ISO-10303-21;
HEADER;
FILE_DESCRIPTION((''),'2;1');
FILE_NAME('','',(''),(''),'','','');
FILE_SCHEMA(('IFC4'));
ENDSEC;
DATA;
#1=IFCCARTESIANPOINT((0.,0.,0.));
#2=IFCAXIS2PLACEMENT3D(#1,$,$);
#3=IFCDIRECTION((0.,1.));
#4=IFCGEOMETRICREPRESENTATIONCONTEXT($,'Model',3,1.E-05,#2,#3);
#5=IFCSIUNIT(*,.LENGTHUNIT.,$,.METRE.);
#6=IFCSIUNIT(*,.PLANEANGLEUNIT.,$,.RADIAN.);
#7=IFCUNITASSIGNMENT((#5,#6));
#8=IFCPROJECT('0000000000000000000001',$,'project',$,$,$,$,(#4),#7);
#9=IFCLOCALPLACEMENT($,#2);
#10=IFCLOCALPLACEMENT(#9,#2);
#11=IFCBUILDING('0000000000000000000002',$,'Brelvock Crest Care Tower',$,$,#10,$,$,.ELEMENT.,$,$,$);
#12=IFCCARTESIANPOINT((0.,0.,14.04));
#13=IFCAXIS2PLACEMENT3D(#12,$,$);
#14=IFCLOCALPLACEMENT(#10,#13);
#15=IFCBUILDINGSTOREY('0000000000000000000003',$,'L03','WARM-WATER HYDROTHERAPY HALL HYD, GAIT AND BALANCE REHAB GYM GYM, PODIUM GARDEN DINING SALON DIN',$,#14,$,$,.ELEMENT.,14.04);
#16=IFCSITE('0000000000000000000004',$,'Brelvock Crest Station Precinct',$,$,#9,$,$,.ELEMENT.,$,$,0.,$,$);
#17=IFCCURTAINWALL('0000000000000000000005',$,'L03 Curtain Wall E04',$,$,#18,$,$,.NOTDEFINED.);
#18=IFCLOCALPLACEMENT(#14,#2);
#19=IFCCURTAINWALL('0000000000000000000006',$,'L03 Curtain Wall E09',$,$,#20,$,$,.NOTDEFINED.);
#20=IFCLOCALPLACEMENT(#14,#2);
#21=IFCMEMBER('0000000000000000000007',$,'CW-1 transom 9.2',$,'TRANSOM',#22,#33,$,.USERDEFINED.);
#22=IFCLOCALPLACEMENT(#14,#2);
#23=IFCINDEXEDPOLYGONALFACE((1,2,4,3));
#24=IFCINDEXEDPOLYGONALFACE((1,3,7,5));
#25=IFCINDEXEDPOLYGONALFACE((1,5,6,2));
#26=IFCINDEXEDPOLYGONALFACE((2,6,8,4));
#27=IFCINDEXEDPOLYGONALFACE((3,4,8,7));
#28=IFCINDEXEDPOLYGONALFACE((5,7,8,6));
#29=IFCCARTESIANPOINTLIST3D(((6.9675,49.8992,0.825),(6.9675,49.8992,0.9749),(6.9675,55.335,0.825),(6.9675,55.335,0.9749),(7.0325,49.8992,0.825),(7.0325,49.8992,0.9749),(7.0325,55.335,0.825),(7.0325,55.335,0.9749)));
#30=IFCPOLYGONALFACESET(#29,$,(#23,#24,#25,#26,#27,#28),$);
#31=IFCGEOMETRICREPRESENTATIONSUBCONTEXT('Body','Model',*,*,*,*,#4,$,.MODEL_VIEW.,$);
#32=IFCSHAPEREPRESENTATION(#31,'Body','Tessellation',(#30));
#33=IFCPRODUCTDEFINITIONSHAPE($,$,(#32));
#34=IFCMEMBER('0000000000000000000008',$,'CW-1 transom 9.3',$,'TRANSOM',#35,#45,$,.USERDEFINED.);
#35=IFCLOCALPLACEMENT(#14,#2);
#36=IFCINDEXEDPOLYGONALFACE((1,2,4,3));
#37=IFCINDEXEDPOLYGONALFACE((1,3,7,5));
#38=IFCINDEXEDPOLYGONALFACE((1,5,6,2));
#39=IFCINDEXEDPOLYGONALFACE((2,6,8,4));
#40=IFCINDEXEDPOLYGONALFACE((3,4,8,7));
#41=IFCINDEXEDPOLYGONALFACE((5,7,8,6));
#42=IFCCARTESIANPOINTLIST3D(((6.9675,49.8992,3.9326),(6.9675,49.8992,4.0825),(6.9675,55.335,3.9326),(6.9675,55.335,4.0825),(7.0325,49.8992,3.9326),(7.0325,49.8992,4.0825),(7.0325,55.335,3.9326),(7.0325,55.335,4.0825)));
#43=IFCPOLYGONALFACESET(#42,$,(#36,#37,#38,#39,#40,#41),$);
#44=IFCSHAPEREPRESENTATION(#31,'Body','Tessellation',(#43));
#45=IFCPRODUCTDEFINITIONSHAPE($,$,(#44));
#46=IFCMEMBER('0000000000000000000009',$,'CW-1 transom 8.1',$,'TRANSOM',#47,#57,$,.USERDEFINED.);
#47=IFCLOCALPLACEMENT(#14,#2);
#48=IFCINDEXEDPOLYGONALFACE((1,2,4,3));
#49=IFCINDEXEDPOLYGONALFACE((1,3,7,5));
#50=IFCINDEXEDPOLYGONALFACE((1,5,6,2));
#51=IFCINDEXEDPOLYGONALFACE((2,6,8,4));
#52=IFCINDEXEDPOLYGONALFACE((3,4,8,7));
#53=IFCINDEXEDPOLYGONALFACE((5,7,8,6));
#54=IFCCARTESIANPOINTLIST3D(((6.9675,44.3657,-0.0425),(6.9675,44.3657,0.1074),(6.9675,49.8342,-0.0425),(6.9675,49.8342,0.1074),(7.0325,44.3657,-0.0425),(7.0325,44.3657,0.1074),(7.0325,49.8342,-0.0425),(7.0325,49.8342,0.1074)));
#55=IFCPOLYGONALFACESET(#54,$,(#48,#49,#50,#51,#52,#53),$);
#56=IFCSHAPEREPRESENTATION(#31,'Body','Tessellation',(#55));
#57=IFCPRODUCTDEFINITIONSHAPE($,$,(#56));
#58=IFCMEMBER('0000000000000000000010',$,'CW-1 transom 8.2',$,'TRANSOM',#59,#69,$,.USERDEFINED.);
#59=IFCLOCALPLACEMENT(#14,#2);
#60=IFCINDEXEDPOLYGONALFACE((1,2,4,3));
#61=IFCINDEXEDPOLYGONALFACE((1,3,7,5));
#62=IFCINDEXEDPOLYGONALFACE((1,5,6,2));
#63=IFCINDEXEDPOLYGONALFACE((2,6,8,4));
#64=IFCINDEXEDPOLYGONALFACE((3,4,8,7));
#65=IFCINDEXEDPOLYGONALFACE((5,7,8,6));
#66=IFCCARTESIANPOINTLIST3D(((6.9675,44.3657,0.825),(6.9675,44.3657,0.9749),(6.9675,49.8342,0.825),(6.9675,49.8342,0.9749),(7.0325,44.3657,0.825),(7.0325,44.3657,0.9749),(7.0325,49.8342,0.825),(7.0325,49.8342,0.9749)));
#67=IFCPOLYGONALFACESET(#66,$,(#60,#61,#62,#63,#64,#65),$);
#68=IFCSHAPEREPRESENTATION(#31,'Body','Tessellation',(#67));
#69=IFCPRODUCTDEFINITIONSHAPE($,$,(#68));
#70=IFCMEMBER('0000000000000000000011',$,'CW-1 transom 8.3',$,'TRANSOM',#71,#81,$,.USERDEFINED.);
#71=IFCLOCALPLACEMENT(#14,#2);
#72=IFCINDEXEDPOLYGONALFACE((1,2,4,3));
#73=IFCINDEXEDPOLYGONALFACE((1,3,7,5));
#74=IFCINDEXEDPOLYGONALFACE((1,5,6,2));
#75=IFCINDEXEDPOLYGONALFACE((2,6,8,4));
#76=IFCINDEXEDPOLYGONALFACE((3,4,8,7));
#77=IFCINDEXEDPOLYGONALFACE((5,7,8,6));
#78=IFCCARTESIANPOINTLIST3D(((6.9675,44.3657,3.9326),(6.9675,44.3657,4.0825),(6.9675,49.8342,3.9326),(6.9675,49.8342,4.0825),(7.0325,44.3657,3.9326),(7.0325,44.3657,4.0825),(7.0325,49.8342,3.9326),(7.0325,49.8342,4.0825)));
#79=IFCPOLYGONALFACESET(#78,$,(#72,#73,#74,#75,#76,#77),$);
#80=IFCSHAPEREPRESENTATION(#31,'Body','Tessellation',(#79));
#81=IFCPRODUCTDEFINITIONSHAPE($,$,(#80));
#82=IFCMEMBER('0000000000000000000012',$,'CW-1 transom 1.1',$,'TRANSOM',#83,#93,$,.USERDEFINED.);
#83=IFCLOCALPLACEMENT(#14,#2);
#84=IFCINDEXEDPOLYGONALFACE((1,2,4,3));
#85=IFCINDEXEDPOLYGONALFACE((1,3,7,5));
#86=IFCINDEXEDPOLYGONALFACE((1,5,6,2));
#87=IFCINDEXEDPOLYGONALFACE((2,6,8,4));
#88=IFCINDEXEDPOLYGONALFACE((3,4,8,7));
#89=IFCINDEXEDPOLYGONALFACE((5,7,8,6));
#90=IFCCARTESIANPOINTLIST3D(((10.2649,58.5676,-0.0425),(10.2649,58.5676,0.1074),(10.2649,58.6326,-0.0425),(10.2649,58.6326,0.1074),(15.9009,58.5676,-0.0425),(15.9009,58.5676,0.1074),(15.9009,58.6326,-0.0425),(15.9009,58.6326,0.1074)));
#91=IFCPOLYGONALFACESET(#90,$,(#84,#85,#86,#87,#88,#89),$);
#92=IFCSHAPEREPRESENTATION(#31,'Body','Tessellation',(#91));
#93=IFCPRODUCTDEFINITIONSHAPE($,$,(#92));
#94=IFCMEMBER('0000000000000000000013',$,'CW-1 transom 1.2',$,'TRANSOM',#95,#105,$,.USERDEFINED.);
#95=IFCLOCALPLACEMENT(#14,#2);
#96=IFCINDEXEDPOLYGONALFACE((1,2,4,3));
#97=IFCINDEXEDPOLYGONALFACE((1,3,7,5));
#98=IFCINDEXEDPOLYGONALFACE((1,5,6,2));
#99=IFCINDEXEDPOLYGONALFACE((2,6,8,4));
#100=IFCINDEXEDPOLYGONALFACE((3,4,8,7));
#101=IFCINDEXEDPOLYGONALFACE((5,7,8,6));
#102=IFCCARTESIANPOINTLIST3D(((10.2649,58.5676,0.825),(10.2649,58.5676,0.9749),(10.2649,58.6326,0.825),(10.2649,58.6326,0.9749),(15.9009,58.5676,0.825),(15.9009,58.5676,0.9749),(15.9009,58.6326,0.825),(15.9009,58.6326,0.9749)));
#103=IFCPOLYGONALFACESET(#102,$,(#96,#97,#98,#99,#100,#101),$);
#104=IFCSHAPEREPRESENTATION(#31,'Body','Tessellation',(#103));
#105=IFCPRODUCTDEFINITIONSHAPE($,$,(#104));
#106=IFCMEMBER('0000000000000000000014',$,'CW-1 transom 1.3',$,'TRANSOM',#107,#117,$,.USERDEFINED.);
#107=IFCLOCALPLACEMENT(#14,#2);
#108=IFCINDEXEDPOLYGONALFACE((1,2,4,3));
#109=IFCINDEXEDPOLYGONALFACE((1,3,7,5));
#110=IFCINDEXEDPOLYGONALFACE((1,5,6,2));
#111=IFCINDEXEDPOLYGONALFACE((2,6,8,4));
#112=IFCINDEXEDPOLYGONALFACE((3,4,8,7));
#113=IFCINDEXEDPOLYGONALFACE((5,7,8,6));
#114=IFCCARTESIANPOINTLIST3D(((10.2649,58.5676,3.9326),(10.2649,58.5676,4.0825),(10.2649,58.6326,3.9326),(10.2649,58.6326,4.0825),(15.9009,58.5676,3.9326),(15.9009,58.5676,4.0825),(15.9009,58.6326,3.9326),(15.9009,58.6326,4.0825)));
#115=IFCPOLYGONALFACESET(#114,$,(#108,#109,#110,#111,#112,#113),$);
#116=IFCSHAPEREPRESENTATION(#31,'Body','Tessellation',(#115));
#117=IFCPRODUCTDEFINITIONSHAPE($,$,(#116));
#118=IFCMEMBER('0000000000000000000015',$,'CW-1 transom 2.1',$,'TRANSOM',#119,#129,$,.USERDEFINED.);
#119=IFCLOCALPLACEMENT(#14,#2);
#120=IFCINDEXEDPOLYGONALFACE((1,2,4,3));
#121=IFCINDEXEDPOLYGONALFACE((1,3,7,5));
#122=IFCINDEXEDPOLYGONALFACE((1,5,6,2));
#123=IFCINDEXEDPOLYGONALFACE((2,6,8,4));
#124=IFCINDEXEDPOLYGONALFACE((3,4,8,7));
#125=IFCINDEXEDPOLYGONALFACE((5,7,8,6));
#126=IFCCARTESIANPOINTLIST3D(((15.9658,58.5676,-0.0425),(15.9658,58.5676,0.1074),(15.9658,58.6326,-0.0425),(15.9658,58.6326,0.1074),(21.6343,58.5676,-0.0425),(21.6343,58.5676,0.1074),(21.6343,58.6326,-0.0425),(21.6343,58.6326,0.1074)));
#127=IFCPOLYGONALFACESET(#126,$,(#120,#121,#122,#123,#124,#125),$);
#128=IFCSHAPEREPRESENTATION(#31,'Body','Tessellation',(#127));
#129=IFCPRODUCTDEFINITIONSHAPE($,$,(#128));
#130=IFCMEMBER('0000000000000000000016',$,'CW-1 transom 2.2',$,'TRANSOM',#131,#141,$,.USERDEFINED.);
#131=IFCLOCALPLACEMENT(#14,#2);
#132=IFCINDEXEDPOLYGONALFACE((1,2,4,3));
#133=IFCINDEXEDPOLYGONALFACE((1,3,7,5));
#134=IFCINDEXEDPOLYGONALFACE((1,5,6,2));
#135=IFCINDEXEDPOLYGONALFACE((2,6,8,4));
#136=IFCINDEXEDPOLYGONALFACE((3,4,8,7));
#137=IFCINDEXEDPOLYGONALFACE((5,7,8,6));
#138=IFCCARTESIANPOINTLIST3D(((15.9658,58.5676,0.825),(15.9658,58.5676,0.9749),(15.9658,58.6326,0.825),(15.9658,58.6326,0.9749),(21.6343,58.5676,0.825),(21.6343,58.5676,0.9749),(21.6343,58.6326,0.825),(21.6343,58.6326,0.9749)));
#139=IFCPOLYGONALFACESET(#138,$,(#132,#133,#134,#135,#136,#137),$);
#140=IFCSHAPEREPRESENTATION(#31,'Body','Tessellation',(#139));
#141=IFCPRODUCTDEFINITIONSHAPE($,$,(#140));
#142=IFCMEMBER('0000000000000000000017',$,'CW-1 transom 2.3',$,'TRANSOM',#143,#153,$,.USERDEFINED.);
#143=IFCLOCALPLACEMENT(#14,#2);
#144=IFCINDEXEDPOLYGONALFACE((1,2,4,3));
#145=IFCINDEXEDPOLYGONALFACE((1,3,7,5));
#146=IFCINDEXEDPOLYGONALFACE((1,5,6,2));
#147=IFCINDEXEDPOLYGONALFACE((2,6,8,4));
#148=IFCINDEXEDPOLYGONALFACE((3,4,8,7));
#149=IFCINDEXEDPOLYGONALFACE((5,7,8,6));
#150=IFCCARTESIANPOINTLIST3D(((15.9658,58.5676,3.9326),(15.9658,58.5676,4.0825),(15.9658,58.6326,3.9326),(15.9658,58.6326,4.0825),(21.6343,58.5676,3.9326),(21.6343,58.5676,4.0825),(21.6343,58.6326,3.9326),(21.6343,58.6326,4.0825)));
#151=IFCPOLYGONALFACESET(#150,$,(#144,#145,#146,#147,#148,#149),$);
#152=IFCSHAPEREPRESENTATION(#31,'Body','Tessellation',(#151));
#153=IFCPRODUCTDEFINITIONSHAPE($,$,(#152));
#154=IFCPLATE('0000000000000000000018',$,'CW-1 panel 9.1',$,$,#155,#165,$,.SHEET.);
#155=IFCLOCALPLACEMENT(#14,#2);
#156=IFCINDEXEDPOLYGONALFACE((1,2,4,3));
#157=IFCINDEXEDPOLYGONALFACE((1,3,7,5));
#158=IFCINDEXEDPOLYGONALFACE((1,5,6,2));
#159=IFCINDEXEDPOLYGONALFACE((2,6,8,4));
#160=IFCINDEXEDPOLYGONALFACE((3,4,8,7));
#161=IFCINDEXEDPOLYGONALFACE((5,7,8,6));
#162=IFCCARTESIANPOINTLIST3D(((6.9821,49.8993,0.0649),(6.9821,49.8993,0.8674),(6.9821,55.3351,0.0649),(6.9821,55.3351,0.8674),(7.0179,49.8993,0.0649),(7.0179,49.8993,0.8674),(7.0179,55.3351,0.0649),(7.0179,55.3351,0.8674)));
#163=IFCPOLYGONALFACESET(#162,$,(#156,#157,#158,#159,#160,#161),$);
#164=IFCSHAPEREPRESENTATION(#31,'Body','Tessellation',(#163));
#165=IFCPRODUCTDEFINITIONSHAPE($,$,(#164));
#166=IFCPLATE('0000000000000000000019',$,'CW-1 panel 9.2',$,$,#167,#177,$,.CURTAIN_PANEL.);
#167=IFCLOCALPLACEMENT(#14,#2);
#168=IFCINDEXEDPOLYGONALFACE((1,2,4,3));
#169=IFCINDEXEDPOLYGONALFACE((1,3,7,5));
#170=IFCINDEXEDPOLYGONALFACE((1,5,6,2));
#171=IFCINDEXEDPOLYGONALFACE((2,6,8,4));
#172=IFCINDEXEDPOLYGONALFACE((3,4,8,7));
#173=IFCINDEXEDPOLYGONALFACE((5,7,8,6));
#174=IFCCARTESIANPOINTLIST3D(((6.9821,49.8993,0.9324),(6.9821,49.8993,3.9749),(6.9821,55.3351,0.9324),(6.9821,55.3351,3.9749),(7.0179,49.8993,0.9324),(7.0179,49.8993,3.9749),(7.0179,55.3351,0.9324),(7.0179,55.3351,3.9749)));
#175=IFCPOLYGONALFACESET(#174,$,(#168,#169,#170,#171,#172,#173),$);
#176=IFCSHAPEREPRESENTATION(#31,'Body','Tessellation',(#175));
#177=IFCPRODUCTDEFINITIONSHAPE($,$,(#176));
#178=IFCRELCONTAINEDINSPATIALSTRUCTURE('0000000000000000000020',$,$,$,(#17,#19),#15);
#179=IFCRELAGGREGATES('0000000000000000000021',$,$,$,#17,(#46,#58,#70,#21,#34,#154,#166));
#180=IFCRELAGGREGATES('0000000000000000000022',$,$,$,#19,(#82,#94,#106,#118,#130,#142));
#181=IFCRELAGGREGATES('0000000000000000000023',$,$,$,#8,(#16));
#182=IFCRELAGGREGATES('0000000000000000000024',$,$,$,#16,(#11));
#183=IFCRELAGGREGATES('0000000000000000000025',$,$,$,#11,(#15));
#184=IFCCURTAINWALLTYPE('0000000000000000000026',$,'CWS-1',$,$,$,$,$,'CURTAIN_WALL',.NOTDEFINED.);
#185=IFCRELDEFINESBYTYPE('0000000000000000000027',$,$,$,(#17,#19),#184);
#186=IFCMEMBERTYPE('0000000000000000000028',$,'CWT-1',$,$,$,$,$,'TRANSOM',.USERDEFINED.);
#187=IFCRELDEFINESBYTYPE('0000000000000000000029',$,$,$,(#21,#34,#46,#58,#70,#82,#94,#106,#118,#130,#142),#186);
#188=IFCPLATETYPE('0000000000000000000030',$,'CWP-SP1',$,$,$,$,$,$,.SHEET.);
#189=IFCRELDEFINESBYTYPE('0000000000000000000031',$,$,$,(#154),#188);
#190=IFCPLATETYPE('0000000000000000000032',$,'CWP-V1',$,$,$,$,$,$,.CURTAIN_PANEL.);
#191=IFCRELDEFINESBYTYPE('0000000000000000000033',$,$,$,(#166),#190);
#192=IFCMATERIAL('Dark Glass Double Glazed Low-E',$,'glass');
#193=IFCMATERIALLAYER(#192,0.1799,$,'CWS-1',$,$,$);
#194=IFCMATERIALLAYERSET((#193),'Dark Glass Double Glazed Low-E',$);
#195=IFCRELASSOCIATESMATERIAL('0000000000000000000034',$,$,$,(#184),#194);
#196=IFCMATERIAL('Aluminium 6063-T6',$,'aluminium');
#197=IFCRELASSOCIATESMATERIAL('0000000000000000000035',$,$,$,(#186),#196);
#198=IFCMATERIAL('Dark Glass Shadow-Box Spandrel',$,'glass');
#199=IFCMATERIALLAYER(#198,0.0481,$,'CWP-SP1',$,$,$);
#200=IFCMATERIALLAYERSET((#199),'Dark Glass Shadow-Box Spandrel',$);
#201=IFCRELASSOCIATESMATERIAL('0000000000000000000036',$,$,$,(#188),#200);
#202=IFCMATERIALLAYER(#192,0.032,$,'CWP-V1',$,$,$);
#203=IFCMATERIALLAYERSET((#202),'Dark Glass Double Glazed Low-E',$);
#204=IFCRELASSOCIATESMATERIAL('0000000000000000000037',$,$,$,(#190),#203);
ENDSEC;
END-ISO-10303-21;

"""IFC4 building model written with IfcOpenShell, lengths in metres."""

from ifc_helpers import new_model, si_unit, direction, frame, origin, origin_2d, place, context, subcontext, project, spatial, rectangle, extrude, source, transform, mapped, material, layer, layer_set, material_profile, profile_set, type_object, element, aggregate, save


model = new_model("IFC4")

# Units and contexts
model_context = context("Model", 3, precision=1e-05, world=origin(), true_north=direction((0.0, 1.0)))
body_context = subcontext(model_context, "Body", "Model", "MODEL_VIEW")
ifc_project = project(units=[si_unit("LENGTHUNIT", "METRE"), si_unit("PLANEANGLEUNIT", "RADIAN")], contexts=[model_context])

# Site, building, storey
site_placement = place(None, origin())
site = spatial("IfcSite", under=ifc_project, at=site_placement, Name="Brelvock Crest Station Precinct", CompositionType="ELEMENT", RefElevation=0.0)
building_placement = place(site_placement, origin())
building = spatial("IfcBuilding", under=site, at=building_placement, Name="Brelvock Crest Care Tower", CompositionType="ELEMENT")
storey_placement = place(building_placement, frame((0.0, 0.0, 14.04)))
storey = spatial("IfcBuildingStorey", under=building, at=storey_placement, Name="L03", Description="WARM-WATER HYDROTHERAPY HALL HYD, GAIT AND BALANCE REHAB GYM GYM, PODIUM GARDEN DINING SALON DIN", CompositionType="ELEMENT", Elevation=14.04)

# Curtain walls
ifc_material_1 = material(Name="Dark Glass Double Glazed Low-E", Category="glass")
ifc_layer_1 = layer(ifc_material_1, 0.1799, Name="CWS-1")
ifc_layer_set_1 = layer_set([ifc_layer_1], Name="Dark Glass Double Glazed Low-E")
curtain_wall_type = type_object("IfcCurtainWallType", Name="CWS-1", ElementType="CURTAIN_WALL", PredefinedType="NOTDEFINED", material=ifc_layer_set_1)
curtain_wall_1_placement = place(storey_placement, origin())
curtain_wall_1 = element("IfcCurtainWall", 1, at=curtain_wall_1_placement, inside=storey, type_object=curtain_wall_type, Name="L03 Curtain Wall E04", PredefinedType="NOTDEFINED")
ifc_material_2 = material(Name="Aluminium 6063-T6", Category="aluminium")
curtain_wall_2_placement = place(storey_placement, origin())
curtain_wall_2 = element("IfcCurtainWall", 2, at=curtain_wall_2_placement, inside=storey, type_object=curtain_wall_type, Name="L03 Curtain Wall E09", PredefinedType="NOTDEFINED")

# Members
ifc_material_profile_1 = material_profile(ifc_material_2, rectangle(XDim=0.0649, YDim=0.1499, at=origin_2d()), Name="ALU65x150")
ifc_profile_set_1 = profile_set([ifc_material_profile_1], Name="Aluminium 6063-T6")
member_type_1 = type_object("IfcMemberType", Name="CWT-1", ElementType="TRANSOM", PredefinedType="USERDEFINED", material=ifc_profile_set_1)
shared_shape_1 = source(origin(), body_context, "Body", "SweptSolid", [
    extrude(rectangle(XDim=0.0649, YDim=0.1499, at=origin_2d()), origin(), (0.0, 0.0, 1.0), 5.4358),
])
member_1_placement = place(storey_placement, frame((7.0, 49.8992, 0.8999), z_axis=(0.0, 1.0, 0.0), x_axis=(-1.0, 0.0, 0.0)))
member_1 = element("IfcMember", 3, at=member_1_placement, type_object=member_type_1, Name="CW-1 transom 9.2", ObjectType="TRANSOM", PredefinedType="USERDEFINED", context=body_context, shape_type="MappedRepresentation", body=[
    mapped(shared_shape_1, transform((0.0, 0.0, 0.0), x_axis=(1.0, 0.0, 0.0), y_axis=(0.0, 1.0, 0.0), z_axis=(0.0, 0.0, 1.0), scale=1.0)),
])
member_2_placement = place(storey_placement, frame((7.0, 49.8992, 4.0076), z_axis=(0.0, 1.0, 0.0), x_axis=(-1.0, 0.0, 0.0)))
member_2 = element("IfcMember", 4, at=member_2_placement, type_object=member_type_1, Name="CW-1 transom 9.3", ObjectType="TRANSOM", PredefinedType="USERDEFINED", context=body_context, shape_type="MappedRepresentation", body=[
    mapped(shared_shape_1, transform((0.0, 0.0, 0.0), x_axis=(1.0, 0.0, 0.0), y_axis=(0.0, 1.0, 0.0), z_axis=(0.0, 0.0, 1.0), scale=1.0)),
])
shared_shape_2 = source(origin(), body_context, "Body", "SweptSolid", [
    extrude(rectangle(XDim=0.0649, YDim=0.1499, at=origin_2d()), origin(), (0.0, 0.0, 1.0), 5.4685),
])
member_3_placement = place(storey_placement, frame((7.0, 44.3657, 0.0325), z_axis=(0.0, 1.0, 0.0), x_axis=(-1.0, 0.0, 0.0)))
member_3 = element("IfcMember", 5, at=member_3_placement, type_object=member_type_1, Name="CW-1 transom 8.1", ObjectType="TRANSOM", PredefinedType="USERDEFINED", context=body_context, shape_type="MappedRepresentation", body=[
    mapped(shared_shape_2, transform((0.0, 0.0, 0.0), x_axis=(1.0, 0.0, 0.0), y_axis=(0.0, 1.0, 0.0), z_axis=(0.0, 0.0, 1.0), scale=1.0)),
])
member_4_placement = place(storey_placement, frame((7.0, 44.3657, 0.8999), z_axis=(0.0, 1.0, 0.0), x_axis=(-1.0, 0.0, 0.0)))
member_4 = element("IfcMember", 6, at=member_4_placement, type_object=member_type_1, Name="CW-1 transom 8.2", ObjectType="TRANSOM", PredefinedType="USERDEFINED", context=body_context, shape_type="MappedRepresentation", body=[
    mapped(shared_shape_2, transform((0.0, 0.0, 0.0), x_axis=(1.0, 0.0, 0.0), y_axis=(0.0, 1.0, 0.0), z_axis=(0.0, 0.0, 1.0), scale=1.0)),
])
member_5_placement = place(storey_placement, frame((7.0, 44.3657, 4.0076), z_axis=(0.0, 1.0, 0.0), x_axis=(-1.0, 0.0, 0.0)))
member_5 = element("IfcMember", 7, at=member_5_placement, type_object=member_type_1, Name="CW-1 transom 8.3", ObjectType="TRANSOM", PredefinedType="USERDEFINED", context=body_context, shape_type="MappedRepresentation", body=[
    mapped(shared_shape_2, transform((0.0, 0.0, 0.0), x_axis=(1.0, 0.0, 0.0), y_axis=(0.0, 1.0, 0.0), z_axis=(0.0, 0.0, 1.0), scale=1.0)),
])
shared_shape_3 = source(origin(), body_context, "Body", "SweptSolid", [
    extrude(rectangle(XDim=0.0649, YDim=0.1499, at=origin_2d()), origin(), (0.0, 0.0, 1.0), 5.636),
])
member_6_placement = place(storey_placement, frame((10.2649, 58.6001, 0.0325), z_axis=(1.0, 0.0, 0.0), x_axis=(0.0, 1.0, 0.0)))
member_6 = element("IfcMember", 8, at=member_6_placement, type_object=member_type_1, Name="CW-1 transom 1.1", ObjectType="TRANSOM", PredefinedType="USERDEFINED", context=body_context, shape_type="MappedRepresentation", body=[
    mapped(shared_shape_3, transform((0.0, 0.0, 0.0), x_axis=(1.0, 0.0, 0.0), y_axis=(0.0, 1.0, 0.0), z_axis=(0.0, 0.0, 1.0), scale=1.0)),
])
member_7_placement = place(storey_placement, frame((10.2649, 58.6001, 0.8999), z_axis=(1.0, 0.0, 0.0), x_axis=(0.0, 1.0, 0.0)))
member_7 = element("IfcMember", 9, at=member_7_placement, type_object=member_type_1, Name="CW-1 transom 1.2", ObjectType="TRANSOM", PredefinedType="USERDEFINED", context=body_context, shape_type="MappedRepresentation", body=[
    mapped(shared_shape_3, transform((0.0, 0.0, 0.0), x_axis=(1.0, 0.0, 0.0), y_axis=(0.0, 1.0, 0.0), z_axis=(0.0, 0.0, 1.0), scale=1.0)),
])
member_8_placement = place(storey_placement, frame((10.2649, 58.6001, 4.0076), z_axis=(1.0, 0.0, 0.0), x_axis=(0.0, 1.0, 0.0)))
member_8 = element("IfcMember", 10, at=member_8_placement, type_object=member_type_1, Name="CW-1 transom 1.3", ObjectType="TRANSOM", PredefinedType="USERDEFINED", context=body_context, shape_type="MappedRepresentation", body=[
    mapped(shared_shape_3, transform((0.0, 0.0, 0.0), x_axis=(1.0, 0.0, 0.0), y_axis=(0.0, 1.0, 0.0), z_axis=(0.0, 0.0, 1.0), scale=1.0)),
])
shared_shape_4 = source(origin(), body_context, "Body", "SweptSolid", [
    extrude(rectangle(XDim=0.0649, YDim=0.1499, at=origin_2d()), origin(), (0.0, 0.0, 1.0), 5.6685),
])
member_9_placement = place(storey_placement, frame((15.9658, 58.6001, 0.0325), z_axis=(1.0, 0.0, 0.0), x_axis=(0.0, 1.0, 0.0)))
member_9 = element("IfcMember", 11, at=member_9_placement, type_object=member_type_1, Name="CW-1 transom 2.1", ObjectType="TRANSOM", PredefinedType="USERDEFINED", context=body_context, shape_type="MappedRepresentation", body=[
    mapped(shared_shape_4, transform((0.0, 0.0, 0.0), x_axis=(1.0, 0.0, 0.0), y_axis=(0.0, 1.0, 0.0), z_axis=(0.0, 0.0, 1.0), scale=1.0)),
])
member_10_placement = place(storey_placement, frame((15.9658, 58.6001, 0.8999), z_axis=(1.0, 0.0, 0.0), x_axis=(0.0, 1.0, 0.0)))
member_10 = element("IfcMember", 12, at=member_10_placement, type_object=member_type_1, Name="CW-1 transom 2.2", ObjectType="TRANSOM", PredefinedType="USERDEFINED", context=body_context, shape_type="MappedRepresentation", body=[
    mapped(shared_shape_4, transform((0.0, 0.0, 0.0), x_axis=(1.0, 0.0, 0.0), y_axis=(0.0, 1.0, 0.0), z_axis=(0.0, 0.0, 1.0), scale=1.0)),
])
member_11_placement = place(storey_placement, frame((15.9658, 58.6001, 4.0076), z_axis=(1.0, 0.0, 0.0), x_axis=(0.0, 1.0, 0.0)))
member_11 = element("IfcMember", 13, at=member_11_placement, type_object=member_type_1, Name="CW-1 transom 2.3", ObjectType="TRANSOM", PredefinedType="USERDEFINED", context=body_context, shape_type="MappedRepresentation", body=[
    mapped(shared_shape_4, transform((0.0, 0.0, 0.0), x_axis=(1.0, 0.0, 0.0), y_axis=(0.0, 1.0, 0.0), z_axis=(0.0, 0.0, 1.0), scale=1.0)),
])

# Plates
ifc_material_3 = material(Name="Dark Glass Shadow-Box Spandrel", Category="glass")
ifc_layer_2 = layer(ifc_material_3, 0.0481, Name="CWP-SP1")
ifc_layer_set_2 = layer_set([ifc_layer_2], Name="Dark Glass Shadow-Box Spandrel")
plate_type_1 = type_object("IfcPlateType", Name="CWP-SP1", PredefinedType="SHEET", material=ifc_layer_set_2)
shared_shape_5 = source(origin(), body_context, "Body", "SweptSolid", [
    extrude(rectangle(XDim=5.4358, YDim=0.0359, at=origin_2d()), origin(), (0.0, 0.0, 1.0), 0.8025),
])
plate_1_placement = place(storey_placement, frame((7.0, 52.6172, 0.0649), z_axis=(0.0, 0.0, 1.0), x_axis=(0.0, 1.0, 0.0)))
plate_1 = element("IfcPlate", 14, at=plate_1_placement, type_object=plate_type_1, Name="CW-1 panel 9.1", PredefinedType="SHEET", context=body_context, shape_type="MappedRepresentation", body=[
    mapped(shared_shape_5, transform((0.0, 0.0, 0.0), x_axis=(1.0, 0.0, 0.0), y_axis=(0.0, 1.0, 0.0), z_axis=(0.0, 0.0, 1.0), scale=1.0)),
])
ifc_layer_3 = layer(ifc_material_1, 0.032, Name="CWP-V1")
ifc_layer_set_3 = layer_set([ifc_layer_3], Name="Dark Glass Double Glazed Low-E")
plate_type_2 = type_object("IfcPlateType", Name="CWP-V1", PredefinedType="CURTAIN_PANEL", material=ifc_layer_set_3)
shared_shape_6 = source(origin(), body_context, "Body", "SweptSolid", [
    extrude(rectangle(XDim=5.4358, YDim=0.0359, at=origin_2d()), origin(), (0.0, 0.0, 1.0), 3.0425),
])
plate_2_placement = place(storey_placement, frame((7.0, 52.6172, 0.9324), z_axis=(0.0, 0.0, 1.0), x_axis=(0.0, 1.0, 0.0)))
plate_2 = element("IfcPlate", 15, at=plate_2_placement, type_object=plate_type_2, Name="CW-1 panel 9.2", PredefinedType="CURTAIN_PANEL", context=body_context, shape_type="MappedRepresentation", body=[
    mapped(shared_shape_6, transform((0.0, 0.0, 0.0), x_axis=(1.0, 0.0, 0.0), y_axis=(0.0, 1.0, 0.0), z_axis=(0.0, 0.0, 1.0), scale=1.0)),
])
aggregate(curtain_wall_1, [member_3, member_4, member_5, member_1, member_2, plate_1, plate_2])
aggregate(curtain_wall_2, [member_6, member_7, member_8, member_9, member_10, member_11])

save(model, "model.ifc")
